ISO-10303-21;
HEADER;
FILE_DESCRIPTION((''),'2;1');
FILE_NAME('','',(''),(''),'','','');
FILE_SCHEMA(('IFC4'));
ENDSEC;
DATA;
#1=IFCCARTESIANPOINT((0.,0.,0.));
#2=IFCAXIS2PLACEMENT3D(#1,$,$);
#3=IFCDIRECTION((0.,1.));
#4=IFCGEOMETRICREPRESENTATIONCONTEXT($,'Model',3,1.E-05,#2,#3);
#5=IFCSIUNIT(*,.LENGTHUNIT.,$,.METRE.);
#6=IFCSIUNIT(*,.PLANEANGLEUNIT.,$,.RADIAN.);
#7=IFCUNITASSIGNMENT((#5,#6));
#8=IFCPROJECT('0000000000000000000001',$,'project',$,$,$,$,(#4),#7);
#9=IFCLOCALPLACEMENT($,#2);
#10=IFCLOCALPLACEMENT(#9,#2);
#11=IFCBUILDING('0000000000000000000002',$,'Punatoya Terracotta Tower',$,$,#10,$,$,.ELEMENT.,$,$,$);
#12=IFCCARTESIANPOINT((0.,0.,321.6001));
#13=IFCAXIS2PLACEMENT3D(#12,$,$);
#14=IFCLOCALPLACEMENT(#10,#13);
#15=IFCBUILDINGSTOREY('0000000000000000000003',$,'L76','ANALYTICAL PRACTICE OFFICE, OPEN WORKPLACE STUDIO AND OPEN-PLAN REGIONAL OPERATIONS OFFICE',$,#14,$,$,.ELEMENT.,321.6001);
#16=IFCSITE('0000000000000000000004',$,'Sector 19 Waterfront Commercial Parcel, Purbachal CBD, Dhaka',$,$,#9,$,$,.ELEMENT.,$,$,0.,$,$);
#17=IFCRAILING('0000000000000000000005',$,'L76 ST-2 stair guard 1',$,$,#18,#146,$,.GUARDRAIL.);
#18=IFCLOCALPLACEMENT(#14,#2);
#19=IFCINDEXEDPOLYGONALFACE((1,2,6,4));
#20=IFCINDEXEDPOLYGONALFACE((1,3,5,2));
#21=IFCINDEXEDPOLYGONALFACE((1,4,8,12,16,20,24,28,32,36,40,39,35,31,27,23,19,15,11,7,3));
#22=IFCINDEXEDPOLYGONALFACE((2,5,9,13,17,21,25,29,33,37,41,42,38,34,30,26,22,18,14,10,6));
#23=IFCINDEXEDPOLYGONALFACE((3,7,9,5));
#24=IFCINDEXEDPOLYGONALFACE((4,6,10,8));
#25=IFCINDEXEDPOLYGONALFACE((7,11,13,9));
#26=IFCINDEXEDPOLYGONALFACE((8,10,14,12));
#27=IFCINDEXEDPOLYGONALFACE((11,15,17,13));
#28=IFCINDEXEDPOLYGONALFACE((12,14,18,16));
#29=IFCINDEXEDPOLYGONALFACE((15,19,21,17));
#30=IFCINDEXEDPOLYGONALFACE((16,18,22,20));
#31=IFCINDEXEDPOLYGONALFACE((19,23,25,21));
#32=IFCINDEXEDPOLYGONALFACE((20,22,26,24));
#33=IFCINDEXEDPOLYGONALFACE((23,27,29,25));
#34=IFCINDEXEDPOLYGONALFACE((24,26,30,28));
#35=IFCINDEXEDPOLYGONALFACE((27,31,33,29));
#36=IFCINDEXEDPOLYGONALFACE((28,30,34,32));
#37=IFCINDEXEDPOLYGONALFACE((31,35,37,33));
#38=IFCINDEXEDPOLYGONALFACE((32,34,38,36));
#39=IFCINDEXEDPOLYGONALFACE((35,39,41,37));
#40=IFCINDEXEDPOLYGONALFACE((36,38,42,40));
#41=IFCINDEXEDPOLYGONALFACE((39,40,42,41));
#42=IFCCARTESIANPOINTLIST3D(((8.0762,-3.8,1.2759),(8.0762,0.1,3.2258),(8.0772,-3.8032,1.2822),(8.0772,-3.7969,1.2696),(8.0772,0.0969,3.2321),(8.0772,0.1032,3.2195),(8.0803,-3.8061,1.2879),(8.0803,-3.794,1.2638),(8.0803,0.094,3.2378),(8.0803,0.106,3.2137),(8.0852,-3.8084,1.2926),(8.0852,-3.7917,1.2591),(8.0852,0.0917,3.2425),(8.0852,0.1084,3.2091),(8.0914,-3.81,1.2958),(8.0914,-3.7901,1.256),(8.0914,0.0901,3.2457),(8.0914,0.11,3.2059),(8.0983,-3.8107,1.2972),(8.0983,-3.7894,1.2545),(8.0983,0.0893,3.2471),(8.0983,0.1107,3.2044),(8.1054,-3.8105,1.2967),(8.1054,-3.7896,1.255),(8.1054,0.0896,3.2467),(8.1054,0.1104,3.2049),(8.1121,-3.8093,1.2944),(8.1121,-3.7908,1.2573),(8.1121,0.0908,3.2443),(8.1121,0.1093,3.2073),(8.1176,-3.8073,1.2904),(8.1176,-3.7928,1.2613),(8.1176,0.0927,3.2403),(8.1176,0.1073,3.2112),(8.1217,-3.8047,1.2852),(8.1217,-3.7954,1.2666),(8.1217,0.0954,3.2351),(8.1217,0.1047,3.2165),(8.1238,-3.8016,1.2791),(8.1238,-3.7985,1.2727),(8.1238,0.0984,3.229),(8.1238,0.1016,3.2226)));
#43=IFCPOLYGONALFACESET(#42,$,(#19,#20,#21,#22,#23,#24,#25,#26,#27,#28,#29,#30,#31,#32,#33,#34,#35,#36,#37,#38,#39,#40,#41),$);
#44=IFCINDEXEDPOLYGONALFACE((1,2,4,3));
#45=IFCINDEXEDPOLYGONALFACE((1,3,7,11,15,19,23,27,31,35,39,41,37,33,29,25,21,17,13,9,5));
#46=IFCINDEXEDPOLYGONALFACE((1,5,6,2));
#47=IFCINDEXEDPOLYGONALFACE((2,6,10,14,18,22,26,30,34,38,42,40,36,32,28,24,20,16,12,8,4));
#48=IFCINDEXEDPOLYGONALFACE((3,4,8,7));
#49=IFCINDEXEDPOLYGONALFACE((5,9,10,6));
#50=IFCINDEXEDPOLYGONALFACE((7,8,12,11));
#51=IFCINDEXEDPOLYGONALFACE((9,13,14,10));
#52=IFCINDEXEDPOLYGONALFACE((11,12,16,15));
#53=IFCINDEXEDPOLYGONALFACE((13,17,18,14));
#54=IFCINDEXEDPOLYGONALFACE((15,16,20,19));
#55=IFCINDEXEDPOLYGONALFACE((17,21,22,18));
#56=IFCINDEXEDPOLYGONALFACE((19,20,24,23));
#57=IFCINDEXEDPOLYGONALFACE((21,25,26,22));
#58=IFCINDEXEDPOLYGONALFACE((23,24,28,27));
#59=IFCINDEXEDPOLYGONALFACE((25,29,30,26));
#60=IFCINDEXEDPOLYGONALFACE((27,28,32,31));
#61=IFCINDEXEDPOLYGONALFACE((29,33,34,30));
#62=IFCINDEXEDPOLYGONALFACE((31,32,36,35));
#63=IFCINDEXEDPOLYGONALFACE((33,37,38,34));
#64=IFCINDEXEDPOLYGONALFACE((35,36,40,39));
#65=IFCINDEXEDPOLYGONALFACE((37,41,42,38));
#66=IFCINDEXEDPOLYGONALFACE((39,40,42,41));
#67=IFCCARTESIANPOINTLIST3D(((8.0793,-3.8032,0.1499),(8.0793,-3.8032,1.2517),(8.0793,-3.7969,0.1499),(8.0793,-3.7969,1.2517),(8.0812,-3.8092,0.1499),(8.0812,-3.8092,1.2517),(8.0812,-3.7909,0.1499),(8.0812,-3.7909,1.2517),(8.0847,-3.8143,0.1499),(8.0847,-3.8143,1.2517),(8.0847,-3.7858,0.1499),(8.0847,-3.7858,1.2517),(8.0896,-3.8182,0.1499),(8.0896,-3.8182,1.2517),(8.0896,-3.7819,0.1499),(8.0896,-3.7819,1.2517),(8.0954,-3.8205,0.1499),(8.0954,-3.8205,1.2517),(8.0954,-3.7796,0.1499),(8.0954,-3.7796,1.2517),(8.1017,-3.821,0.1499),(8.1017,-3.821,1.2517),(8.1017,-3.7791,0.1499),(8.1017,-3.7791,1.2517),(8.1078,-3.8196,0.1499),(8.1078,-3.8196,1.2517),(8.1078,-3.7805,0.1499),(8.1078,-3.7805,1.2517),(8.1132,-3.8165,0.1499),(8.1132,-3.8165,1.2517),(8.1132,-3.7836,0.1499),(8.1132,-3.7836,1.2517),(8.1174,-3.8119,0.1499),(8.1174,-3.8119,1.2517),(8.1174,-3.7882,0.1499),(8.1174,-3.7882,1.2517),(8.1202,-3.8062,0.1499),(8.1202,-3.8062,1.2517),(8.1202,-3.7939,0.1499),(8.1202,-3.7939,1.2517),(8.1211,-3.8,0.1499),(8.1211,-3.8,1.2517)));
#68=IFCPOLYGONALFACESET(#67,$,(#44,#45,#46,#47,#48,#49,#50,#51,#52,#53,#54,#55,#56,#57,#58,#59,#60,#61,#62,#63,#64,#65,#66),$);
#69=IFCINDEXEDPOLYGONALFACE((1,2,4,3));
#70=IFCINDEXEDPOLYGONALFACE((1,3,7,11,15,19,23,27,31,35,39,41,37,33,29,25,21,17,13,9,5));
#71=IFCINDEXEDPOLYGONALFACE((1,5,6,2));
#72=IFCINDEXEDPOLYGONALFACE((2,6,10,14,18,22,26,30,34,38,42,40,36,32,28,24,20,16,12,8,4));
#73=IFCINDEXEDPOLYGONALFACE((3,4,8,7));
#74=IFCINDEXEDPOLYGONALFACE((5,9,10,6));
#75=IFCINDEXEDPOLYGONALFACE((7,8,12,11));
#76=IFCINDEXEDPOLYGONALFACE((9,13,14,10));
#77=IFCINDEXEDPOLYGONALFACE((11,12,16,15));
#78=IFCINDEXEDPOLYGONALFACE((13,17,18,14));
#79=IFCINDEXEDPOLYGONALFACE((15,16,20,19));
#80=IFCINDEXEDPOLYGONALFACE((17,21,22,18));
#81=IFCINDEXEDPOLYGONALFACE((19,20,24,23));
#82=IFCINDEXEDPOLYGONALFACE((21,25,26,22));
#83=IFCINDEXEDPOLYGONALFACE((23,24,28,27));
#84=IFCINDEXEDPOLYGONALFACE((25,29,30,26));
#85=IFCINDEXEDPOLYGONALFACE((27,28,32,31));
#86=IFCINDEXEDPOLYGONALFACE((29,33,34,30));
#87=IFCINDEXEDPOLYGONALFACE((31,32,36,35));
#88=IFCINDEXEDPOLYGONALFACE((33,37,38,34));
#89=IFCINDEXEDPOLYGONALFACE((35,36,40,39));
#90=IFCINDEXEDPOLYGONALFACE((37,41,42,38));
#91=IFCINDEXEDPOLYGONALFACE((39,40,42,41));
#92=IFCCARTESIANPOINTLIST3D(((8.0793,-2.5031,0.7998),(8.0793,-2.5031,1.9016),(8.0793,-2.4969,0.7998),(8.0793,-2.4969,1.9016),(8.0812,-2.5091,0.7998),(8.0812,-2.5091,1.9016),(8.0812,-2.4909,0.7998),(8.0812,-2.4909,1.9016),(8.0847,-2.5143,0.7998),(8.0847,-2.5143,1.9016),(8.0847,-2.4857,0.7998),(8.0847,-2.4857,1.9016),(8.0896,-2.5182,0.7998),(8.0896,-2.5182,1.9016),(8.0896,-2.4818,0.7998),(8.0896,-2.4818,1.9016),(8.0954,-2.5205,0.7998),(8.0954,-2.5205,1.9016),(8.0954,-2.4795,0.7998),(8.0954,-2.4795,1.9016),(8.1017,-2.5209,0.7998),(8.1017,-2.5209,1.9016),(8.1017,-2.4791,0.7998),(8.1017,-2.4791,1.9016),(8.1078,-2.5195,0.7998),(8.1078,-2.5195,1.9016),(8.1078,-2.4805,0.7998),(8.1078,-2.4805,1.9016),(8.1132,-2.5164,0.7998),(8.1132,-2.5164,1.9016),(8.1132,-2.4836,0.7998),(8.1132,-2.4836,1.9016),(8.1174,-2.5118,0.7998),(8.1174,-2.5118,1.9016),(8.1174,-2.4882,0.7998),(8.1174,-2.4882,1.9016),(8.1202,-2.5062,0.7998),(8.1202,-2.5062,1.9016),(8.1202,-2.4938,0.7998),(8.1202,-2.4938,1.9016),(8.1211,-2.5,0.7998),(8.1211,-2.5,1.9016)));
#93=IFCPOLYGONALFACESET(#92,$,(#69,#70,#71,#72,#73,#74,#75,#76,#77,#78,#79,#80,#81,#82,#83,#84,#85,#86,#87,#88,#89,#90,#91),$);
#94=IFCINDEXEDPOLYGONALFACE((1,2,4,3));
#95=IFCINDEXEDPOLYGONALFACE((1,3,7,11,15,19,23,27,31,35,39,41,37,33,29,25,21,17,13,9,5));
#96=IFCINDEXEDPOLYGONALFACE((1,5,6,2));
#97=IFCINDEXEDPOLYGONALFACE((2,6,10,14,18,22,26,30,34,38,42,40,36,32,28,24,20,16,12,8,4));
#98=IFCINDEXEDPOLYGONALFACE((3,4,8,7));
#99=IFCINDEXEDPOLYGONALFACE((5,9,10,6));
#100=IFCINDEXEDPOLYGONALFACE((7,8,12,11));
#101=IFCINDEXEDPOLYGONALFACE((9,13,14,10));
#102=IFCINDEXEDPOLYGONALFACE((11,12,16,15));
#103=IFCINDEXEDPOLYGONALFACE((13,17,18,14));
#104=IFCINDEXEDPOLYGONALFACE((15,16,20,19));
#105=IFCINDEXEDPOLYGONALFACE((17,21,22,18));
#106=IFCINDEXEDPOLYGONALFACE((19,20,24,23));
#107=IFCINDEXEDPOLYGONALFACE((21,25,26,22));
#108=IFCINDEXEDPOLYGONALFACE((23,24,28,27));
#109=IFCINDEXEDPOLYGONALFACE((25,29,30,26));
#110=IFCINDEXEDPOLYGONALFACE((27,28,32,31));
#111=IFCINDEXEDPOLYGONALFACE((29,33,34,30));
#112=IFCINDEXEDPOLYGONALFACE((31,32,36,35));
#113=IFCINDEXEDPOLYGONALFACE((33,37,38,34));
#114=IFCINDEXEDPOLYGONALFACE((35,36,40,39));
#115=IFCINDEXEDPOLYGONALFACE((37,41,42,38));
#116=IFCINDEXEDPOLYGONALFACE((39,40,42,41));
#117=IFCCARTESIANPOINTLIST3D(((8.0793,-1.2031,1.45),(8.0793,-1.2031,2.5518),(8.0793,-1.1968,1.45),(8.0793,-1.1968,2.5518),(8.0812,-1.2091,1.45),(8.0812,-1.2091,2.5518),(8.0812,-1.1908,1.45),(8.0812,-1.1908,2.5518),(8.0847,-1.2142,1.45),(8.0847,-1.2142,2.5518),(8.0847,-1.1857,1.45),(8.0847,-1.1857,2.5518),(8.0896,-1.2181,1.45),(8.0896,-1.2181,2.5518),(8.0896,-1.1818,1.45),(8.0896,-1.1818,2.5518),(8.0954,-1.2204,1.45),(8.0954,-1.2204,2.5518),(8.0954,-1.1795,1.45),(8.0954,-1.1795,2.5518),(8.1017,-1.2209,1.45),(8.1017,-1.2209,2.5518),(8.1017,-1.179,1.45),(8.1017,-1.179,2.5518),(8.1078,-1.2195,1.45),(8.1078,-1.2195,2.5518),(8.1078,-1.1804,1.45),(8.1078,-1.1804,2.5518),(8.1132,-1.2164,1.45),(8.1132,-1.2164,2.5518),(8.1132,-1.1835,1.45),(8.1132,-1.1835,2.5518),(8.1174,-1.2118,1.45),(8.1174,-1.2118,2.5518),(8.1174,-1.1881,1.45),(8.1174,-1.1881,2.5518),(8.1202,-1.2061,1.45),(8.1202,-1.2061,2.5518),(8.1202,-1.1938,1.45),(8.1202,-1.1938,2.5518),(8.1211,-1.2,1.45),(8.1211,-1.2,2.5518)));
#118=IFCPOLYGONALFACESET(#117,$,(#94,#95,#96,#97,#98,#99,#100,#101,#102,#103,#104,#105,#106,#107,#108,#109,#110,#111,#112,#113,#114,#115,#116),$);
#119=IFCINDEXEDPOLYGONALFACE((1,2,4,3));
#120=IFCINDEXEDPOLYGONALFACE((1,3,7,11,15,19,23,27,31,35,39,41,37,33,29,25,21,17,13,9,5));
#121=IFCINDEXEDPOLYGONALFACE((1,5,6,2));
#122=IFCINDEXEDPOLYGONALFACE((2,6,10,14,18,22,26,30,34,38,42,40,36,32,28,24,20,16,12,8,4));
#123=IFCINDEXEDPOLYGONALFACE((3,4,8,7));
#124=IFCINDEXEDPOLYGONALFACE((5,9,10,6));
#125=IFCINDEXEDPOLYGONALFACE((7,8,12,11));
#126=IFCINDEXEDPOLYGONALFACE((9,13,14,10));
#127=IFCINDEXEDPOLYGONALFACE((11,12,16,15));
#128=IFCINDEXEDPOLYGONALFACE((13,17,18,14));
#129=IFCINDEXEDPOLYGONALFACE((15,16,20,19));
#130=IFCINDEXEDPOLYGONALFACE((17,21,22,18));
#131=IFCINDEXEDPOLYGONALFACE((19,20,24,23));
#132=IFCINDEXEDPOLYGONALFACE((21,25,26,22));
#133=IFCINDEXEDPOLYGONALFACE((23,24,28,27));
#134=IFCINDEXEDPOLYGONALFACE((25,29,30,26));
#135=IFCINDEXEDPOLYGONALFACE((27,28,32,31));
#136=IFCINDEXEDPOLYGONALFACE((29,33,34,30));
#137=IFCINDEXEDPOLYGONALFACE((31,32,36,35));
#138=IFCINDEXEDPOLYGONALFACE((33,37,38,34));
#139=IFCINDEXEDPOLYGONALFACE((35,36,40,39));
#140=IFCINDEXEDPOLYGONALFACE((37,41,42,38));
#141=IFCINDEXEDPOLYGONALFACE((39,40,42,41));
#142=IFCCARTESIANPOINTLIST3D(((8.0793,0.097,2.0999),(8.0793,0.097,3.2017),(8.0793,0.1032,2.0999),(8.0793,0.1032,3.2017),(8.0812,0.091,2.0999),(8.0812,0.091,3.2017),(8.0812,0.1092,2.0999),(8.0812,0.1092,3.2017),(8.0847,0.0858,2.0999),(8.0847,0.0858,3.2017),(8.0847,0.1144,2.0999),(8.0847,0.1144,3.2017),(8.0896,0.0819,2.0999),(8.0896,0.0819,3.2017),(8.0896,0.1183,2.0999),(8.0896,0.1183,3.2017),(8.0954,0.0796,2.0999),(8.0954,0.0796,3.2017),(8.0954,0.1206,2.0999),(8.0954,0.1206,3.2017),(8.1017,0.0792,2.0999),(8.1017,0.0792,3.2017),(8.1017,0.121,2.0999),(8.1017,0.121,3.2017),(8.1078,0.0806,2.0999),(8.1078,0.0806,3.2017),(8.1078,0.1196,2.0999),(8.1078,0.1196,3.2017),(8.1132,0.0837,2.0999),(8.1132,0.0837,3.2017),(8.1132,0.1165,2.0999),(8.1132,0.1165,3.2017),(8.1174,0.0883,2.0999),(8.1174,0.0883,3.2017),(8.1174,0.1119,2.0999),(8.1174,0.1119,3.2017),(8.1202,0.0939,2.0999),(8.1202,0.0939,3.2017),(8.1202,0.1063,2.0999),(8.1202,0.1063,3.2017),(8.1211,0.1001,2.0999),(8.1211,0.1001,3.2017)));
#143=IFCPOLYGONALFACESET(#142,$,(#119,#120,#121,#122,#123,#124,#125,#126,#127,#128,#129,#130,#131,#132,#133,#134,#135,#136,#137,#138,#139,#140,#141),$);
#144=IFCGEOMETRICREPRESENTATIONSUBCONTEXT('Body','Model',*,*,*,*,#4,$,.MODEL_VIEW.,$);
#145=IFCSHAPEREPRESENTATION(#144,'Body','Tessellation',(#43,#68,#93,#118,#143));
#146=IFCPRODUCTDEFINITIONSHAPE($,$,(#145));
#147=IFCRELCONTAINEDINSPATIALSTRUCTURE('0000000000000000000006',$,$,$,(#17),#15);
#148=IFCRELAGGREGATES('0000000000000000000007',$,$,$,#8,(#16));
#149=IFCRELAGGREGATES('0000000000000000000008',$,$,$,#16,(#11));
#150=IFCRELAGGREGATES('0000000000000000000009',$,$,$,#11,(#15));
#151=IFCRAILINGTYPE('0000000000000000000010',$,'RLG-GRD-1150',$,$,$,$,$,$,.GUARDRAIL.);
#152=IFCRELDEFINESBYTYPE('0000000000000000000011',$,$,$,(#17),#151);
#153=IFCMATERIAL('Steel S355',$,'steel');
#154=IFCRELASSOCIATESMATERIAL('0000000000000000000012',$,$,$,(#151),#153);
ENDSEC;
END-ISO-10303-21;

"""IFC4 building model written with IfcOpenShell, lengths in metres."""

from ifc_helpers import new_model, si_unit, direction, frame, origin, origin_2d, place, context, subcontext, project, spatial, circle, extrude, material, type_object, element, save


model = new_model("IFC4")

# Units and contexts
model_context = context("Model", 3, precision=1e-05, world=origin(), true_north=direction((0.0, 1.0)))
body_context = subcontext(model_context, "Body", "Model", "MODEL_VIEW")
ifc_project = project(units=[si_unit("LENGTHUNIT", "METRE"), si_unit("PLANEANGLEUNIT", "RADIAN")], contexts=[model_context])

# Site, building, storey
site_placement = place(None, origin())
site = spatial("IfcSite", under=ifc_project, at=site_placement, Name="Sector 19 Waterfront Commercial Parcel, Purbachal CBD, Dhaka", CompositionType="ELEMENT", RefElevation=0.0)
building_placement = place(site_placement, origin())
building = spatial("IfcBuilding", under=site, at=building_placement, Name="Punatoya Terracotta Tower", CompositionType="ELEMENT")
storey_placement = place(building_placement, frame((0.0, 0.0, 321.6001)))
storey = spatial("IfcBuildingStorey", under=building, at=storey_placement, Name="L76", Description="ANALYTICAL PRACTICE OFFICE, OPEN WORKPLACE STUDIO AND OPEN-PLAN REGIONAL OPERATIONS OFFICE", CompositionType="ELEMENT", Elevation=321.6001)

# Railing
ifc_material_1 = material(Name="Steel S355", Category="steel")
railing_type = type_object("IfcRailingType", Name="RLG-GRD-1150", PredefinedType="GUARDRAIL", material=ifc_material_1)
railing_placement = place(storey_placement, frame((8.1001, -3.8, 0.1499)))
element("IfcRailing", 1, at=railing_placement, inside=storey, type_object=railing_type, Name="L76 ST-2 stair guard 1", PredefinedType="GUARDRAIL", context=body_context, shape_type="SweptSolid", body=[
    extrude(circle(Radius=0.0239, at=origin_2d()), frame((0.0, 0.0, 1.126), z_axis=(0.0, 0.894438, 0.447191), x_axis=(-1.0, 0.0, 0.0)), (0.0, 0.0, 1.0), 4.3604),
    extrude(circle(Radius=0.021, at=origin_2d()), origin(), (0.0, 0.0, 1.0), 1.1018),
    extrude(circle(Radius=0.021, at=origin_2d()), frame((0.0, 1.3, 0.6499)), (0.0, 0.0, 1.0), 1.1018),
    extrude(circle(Radius=0.021, at=origin_2d()), frame((0.0, 2.6001, 1.3)), (0.0, 0.0, 1.0), 1.1018),
    extrude(circle(Radius=0.021, at=origin_2d()), frame((0.0, 3.9001, 1.95)), (0.0, 0.0, 1.0), 1.1018),
])

save(model, "model.ifc")
